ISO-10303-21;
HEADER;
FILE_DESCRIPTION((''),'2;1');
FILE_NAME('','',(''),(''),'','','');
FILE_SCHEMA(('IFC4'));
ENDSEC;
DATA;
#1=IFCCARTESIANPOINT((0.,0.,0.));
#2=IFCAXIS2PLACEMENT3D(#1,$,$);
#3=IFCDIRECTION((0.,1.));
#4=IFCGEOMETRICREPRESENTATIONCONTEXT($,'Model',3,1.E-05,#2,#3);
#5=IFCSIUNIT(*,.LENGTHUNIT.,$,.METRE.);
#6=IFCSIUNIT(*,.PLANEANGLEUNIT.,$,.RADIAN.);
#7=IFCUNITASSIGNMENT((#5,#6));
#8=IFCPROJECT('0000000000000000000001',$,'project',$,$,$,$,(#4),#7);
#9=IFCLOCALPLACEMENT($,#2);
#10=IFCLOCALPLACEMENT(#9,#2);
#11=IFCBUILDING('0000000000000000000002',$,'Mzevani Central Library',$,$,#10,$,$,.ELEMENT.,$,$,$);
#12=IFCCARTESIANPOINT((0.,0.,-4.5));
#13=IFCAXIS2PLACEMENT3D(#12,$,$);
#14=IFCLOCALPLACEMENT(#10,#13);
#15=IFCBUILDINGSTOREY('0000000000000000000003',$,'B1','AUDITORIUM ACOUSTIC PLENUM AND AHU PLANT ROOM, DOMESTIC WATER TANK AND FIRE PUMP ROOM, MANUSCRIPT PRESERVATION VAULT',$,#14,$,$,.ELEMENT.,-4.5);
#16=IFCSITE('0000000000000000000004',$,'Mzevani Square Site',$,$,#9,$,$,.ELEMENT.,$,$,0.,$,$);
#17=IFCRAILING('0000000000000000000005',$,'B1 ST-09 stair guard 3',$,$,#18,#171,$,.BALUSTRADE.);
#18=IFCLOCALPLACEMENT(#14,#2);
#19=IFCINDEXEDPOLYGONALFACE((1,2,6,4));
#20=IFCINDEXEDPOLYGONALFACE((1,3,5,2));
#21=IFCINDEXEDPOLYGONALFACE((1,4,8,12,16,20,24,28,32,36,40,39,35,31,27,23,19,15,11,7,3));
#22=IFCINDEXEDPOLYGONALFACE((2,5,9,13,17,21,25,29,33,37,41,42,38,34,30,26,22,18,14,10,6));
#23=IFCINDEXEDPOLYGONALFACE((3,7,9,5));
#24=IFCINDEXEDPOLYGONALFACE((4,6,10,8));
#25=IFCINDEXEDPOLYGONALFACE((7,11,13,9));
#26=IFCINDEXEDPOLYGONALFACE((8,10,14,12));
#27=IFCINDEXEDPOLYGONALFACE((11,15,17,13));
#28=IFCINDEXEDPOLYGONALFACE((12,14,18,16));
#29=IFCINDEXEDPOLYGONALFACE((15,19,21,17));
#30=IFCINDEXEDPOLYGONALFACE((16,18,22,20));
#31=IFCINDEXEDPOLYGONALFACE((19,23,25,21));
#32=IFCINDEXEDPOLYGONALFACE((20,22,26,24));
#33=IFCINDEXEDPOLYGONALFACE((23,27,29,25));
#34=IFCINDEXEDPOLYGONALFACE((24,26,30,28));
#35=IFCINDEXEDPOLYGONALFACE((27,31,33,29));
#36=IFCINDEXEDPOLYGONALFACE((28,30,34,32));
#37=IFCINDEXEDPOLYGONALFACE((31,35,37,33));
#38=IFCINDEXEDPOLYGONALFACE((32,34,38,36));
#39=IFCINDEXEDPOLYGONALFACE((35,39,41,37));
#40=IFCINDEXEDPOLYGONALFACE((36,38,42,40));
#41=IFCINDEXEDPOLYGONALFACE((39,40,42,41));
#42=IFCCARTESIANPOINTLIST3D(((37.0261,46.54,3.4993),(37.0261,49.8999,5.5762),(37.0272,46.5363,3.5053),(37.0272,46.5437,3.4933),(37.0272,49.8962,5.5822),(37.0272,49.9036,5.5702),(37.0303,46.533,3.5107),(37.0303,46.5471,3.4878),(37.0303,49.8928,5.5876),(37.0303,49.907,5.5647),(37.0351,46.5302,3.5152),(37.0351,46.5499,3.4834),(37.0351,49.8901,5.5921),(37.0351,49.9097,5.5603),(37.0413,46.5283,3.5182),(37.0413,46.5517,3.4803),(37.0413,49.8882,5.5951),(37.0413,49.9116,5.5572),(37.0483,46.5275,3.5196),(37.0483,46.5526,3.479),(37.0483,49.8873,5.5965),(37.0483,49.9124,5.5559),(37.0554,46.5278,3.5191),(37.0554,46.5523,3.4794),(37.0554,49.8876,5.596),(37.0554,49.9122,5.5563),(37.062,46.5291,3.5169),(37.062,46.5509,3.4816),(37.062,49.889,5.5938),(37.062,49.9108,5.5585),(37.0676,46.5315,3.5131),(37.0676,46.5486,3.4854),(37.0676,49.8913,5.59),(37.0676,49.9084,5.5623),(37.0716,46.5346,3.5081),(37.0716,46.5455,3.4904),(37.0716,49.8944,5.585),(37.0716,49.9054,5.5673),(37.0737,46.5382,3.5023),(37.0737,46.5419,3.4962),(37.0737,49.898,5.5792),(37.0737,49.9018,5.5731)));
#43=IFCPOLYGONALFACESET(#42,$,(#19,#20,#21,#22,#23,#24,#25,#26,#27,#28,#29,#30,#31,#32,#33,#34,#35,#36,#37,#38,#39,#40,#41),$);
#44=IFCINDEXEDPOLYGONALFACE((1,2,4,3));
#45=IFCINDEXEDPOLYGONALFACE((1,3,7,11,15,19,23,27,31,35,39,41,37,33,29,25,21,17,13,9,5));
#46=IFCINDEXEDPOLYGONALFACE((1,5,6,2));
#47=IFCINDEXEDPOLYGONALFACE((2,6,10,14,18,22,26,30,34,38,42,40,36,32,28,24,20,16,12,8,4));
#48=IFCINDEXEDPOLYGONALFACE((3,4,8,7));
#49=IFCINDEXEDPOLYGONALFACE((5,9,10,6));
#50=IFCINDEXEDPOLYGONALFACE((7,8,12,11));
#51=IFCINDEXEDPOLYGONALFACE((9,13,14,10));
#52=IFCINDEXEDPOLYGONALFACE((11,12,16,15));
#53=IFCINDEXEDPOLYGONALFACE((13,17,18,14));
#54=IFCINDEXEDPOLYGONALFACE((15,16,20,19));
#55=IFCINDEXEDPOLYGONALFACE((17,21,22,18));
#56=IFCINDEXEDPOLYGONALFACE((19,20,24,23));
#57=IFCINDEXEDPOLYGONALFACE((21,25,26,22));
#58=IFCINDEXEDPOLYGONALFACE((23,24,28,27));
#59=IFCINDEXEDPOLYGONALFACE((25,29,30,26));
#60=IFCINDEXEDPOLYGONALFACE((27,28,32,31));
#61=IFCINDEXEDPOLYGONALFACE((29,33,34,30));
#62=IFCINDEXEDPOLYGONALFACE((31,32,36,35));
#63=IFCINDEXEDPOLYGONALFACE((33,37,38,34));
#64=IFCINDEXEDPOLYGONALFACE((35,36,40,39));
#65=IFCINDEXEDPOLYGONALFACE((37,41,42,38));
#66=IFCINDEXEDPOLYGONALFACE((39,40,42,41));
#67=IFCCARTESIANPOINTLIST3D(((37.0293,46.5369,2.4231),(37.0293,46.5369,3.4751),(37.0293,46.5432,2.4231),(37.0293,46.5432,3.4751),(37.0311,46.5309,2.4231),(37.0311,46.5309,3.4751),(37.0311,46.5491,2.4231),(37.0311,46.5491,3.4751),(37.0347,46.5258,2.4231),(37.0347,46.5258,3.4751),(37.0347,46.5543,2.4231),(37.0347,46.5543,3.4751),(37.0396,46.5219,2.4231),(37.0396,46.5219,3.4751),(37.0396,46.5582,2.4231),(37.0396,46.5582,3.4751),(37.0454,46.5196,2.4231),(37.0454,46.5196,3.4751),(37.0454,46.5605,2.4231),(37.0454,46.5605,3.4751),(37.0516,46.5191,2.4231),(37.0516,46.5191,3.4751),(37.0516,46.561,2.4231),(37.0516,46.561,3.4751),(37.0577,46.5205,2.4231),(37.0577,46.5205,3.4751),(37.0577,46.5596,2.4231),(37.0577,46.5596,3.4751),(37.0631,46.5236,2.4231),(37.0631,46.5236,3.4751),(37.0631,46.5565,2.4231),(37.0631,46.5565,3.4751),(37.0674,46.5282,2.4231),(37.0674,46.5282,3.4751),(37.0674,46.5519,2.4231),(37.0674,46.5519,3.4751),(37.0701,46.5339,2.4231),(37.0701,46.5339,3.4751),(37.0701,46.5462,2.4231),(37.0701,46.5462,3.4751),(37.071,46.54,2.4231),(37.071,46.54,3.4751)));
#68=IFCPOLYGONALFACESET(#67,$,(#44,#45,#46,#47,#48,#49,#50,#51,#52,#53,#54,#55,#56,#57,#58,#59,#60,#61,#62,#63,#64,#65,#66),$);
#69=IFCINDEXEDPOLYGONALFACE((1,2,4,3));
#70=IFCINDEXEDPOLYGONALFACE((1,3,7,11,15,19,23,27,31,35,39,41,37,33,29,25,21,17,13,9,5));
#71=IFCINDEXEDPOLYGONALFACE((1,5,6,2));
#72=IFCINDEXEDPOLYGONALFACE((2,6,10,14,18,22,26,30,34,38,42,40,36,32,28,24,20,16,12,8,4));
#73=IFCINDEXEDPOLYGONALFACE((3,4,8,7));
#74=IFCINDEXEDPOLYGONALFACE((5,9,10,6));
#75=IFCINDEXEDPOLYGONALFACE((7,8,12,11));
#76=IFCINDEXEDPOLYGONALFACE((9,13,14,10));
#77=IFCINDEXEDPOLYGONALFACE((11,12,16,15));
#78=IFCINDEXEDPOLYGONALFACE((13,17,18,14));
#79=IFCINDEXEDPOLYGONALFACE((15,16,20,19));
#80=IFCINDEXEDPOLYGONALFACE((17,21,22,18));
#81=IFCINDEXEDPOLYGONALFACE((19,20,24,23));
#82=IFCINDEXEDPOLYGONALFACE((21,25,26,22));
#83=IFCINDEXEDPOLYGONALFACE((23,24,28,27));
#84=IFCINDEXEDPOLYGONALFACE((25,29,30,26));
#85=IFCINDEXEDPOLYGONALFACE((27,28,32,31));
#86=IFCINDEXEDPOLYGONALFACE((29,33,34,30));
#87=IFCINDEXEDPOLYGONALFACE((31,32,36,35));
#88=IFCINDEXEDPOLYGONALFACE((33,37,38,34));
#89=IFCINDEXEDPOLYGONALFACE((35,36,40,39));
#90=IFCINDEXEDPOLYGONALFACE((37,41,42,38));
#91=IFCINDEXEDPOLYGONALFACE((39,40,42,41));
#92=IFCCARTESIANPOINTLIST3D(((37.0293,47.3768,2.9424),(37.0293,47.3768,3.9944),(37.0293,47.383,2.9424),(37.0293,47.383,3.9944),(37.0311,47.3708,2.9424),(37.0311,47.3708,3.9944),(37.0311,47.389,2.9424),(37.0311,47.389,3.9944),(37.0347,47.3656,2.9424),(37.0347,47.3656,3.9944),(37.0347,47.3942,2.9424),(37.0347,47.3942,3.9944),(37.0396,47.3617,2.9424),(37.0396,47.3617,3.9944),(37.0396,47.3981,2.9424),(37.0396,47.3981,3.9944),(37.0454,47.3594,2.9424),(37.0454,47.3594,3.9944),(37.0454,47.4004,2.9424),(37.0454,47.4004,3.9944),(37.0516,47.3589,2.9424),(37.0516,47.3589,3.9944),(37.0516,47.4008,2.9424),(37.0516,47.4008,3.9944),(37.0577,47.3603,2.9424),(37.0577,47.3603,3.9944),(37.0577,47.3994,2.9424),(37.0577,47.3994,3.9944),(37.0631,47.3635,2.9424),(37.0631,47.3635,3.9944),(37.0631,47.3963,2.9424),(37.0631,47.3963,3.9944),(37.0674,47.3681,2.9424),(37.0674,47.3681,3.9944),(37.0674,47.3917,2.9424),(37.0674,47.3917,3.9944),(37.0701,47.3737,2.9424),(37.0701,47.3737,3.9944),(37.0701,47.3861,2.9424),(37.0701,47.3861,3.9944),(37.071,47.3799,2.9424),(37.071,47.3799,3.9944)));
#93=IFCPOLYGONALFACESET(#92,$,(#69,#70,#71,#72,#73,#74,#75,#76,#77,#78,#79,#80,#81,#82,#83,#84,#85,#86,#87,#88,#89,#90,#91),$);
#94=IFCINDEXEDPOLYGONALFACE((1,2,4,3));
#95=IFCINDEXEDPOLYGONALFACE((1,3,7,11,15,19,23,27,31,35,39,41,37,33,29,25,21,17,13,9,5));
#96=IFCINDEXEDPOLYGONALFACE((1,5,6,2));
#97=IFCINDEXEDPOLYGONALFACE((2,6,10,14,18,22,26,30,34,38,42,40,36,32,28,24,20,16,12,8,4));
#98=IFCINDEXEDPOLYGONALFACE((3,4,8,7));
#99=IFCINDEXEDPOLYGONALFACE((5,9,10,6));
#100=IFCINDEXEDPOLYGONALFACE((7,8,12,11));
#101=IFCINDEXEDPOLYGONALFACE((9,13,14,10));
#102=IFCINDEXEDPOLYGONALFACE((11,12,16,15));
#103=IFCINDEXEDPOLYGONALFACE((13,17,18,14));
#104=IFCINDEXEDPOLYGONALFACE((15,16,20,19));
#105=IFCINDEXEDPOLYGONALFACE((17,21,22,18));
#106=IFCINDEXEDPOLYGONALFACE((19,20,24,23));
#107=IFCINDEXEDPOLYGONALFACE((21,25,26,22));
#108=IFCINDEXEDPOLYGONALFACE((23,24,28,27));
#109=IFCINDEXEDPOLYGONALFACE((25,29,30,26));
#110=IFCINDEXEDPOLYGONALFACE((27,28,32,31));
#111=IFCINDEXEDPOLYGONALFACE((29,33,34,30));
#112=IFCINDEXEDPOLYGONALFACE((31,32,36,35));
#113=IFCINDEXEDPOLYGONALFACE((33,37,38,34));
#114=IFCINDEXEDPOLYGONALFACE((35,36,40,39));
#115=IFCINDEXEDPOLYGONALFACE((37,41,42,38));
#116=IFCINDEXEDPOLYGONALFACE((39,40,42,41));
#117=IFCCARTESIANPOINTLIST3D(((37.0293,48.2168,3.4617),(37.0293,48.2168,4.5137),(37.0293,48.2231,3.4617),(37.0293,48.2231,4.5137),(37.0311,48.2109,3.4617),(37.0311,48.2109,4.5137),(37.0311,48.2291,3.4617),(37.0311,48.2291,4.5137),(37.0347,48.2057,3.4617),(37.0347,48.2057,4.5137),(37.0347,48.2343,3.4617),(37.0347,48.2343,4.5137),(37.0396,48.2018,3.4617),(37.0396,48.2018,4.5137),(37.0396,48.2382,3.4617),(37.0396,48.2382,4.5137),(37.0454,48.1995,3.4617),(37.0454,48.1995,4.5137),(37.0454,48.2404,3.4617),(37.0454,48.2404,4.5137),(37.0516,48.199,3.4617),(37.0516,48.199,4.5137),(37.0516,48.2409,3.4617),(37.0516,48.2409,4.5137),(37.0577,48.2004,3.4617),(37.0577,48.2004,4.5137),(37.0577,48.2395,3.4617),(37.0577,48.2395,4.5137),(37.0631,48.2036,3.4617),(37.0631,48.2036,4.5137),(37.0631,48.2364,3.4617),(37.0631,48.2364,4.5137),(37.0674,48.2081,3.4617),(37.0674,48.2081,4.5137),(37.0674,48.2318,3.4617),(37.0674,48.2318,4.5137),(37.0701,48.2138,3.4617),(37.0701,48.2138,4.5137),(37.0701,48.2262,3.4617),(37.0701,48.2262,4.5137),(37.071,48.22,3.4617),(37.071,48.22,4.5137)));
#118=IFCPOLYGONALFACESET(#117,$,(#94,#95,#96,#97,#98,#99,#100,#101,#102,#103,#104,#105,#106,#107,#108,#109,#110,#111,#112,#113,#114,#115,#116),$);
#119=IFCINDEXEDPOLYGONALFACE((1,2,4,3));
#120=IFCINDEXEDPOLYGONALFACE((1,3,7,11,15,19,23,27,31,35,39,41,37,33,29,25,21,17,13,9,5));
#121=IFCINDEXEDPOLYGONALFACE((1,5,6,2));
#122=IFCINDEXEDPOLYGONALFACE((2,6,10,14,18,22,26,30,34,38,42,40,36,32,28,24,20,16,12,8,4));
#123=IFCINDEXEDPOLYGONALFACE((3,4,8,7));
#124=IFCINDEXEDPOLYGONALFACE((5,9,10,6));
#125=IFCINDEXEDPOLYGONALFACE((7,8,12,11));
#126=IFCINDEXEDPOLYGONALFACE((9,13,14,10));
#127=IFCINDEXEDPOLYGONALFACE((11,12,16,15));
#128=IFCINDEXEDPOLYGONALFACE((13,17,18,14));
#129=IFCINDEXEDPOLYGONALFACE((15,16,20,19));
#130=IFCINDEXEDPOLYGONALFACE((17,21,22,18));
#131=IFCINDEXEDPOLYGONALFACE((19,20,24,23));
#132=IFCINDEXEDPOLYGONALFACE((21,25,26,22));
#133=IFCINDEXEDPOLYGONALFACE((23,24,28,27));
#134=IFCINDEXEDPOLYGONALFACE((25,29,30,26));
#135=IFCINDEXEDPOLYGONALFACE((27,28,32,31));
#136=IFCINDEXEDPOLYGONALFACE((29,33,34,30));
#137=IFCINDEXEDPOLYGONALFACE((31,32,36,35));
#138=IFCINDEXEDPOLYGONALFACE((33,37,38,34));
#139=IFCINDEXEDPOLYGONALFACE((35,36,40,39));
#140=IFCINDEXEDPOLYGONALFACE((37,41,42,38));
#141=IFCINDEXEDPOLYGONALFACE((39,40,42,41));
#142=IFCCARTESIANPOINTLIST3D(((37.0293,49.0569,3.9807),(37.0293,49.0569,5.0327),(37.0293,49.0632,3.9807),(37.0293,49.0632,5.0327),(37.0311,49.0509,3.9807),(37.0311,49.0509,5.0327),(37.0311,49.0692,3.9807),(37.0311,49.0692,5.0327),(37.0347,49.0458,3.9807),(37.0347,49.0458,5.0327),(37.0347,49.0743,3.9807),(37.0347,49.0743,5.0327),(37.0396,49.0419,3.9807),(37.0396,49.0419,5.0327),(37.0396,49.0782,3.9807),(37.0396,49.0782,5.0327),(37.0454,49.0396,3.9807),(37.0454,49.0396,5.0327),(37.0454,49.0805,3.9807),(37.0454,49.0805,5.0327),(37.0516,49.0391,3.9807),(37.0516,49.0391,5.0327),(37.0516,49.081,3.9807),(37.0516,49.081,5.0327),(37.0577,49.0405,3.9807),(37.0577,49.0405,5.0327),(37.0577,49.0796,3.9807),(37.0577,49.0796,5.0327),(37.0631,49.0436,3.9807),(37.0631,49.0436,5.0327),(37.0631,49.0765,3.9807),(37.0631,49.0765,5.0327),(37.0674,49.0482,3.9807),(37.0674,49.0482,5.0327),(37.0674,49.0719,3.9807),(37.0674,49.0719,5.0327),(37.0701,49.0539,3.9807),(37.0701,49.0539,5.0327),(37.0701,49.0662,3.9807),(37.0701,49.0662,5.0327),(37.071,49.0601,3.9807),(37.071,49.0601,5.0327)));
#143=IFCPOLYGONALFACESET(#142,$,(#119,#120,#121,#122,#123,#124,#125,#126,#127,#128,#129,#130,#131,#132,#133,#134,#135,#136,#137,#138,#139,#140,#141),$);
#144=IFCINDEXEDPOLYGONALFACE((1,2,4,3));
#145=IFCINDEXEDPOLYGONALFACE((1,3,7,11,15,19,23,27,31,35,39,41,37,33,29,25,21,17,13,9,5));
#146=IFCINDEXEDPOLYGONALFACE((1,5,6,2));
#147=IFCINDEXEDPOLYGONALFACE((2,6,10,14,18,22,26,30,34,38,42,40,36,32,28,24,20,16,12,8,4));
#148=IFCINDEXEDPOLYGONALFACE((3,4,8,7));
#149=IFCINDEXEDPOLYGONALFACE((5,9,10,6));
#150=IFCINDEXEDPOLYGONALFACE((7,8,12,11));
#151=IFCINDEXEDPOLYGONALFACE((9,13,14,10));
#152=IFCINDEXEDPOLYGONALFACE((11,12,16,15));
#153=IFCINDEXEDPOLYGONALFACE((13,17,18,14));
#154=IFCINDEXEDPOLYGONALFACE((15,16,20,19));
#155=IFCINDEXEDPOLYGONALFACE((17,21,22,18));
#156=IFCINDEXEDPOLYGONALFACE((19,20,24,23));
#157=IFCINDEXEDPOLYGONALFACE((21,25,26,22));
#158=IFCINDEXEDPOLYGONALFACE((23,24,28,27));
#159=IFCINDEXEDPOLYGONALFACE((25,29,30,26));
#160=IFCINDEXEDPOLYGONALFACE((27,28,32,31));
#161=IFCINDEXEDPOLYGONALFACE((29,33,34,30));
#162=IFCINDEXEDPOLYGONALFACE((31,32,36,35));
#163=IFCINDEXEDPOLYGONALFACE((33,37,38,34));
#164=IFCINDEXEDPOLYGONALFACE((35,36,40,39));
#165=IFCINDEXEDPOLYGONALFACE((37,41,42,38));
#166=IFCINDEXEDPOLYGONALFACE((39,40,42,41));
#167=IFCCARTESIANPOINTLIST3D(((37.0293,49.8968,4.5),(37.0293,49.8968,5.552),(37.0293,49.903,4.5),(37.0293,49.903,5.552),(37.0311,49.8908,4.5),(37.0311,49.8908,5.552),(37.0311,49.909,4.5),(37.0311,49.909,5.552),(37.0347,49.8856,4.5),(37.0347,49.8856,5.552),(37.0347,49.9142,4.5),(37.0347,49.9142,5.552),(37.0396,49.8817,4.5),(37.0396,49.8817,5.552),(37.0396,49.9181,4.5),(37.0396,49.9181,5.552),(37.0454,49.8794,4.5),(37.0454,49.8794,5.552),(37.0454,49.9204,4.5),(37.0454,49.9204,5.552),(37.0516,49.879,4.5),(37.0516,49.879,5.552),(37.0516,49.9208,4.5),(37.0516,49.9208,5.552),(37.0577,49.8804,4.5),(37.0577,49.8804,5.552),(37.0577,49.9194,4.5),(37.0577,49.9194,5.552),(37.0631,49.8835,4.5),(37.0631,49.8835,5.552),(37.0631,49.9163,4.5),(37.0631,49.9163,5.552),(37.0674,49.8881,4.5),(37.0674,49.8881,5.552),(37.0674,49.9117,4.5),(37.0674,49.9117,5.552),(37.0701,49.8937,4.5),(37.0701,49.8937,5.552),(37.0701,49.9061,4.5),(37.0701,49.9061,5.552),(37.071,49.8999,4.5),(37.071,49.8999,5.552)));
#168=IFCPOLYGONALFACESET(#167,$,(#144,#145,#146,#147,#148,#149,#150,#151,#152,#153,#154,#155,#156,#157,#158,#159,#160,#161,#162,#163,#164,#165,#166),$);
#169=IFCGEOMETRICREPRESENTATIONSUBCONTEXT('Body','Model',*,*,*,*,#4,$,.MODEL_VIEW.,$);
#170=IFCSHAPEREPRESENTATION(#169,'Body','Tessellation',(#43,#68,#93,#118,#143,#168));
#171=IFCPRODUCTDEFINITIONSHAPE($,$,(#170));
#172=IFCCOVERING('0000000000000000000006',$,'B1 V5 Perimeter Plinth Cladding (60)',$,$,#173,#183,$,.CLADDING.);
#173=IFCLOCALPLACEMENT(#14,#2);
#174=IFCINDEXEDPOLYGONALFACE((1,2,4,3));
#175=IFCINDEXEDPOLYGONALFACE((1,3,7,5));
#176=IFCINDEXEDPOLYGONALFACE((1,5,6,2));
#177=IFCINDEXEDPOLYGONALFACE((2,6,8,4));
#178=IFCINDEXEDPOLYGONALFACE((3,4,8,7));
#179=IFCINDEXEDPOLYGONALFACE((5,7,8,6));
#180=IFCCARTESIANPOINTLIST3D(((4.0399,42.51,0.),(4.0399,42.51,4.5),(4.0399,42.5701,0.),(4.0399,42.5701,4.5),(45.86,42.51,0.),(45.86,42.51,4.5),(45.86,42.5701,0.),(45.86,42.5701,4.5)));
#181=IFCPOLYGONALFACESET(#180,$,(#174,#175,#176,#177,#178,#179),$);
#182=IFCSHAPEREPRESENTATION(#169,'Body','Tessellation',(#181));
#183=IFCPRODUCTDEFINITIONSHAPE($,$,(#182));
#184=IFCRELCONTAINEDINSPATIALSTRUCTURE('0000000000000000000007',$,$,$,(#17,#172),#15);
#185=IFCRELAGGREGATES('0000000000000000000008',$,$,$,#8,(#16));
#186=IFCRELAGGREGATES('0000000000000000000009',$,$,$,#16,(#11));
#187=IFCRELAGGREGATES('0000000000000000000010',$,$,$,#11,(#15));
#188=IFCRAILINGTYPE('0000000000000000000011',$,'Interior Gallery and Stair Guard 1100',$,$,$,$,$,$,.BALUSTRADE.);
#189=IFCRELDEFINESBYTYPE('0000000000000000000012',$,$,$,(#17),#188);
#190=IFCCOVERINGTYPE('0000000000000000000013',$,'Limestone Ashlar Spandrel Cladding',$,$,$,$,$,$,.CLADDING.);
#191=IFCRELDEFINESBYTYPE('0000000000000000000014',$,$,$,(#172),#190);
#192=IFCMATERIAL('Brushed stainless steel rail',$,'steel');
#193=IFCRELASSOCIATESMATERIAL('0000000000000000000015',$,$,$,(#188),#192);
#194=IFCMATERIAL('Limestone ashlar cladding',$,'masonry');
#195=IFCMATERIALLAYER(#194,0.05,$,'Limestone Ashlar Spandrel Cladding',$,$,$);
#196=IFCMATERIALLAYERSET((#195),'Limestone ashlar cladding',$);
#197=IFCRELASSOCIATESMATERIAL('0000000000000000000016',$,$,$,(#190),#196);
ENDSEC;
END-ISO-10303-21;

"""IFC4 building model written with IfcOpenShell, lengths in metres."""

from ifc_helpers import new_model, si_unit, direction, frame, origin, origin_2d, place, context, subcontext, project, spatial, rectangle, circle, extrude, material, layer, layer_set, type_object, element, save


model = new_model("IFC4")

# Units and contexts
model_context = context("Model", 3, precision=1e-05, world=origin(), true_north=direction((0.0, 1.0)))
body_context = subcontext(model_context, "Body", "Model", "MODEL_VIEW")
ifc_project = project(units=[si_unit("LENGTHUNIT", "METRE"), si_unit("PLANEANGLEUNIT", "RADIAN")], contexts=[model_context])

# Site, building, storey
site_placement = place(None, origin())
site = spatial("IfcSite", under=ifc_project, at=site_placement, Name="Mzevani Square Site", CompositionType="ELEMENT", RefElevation=0.0)
building_placement = place(site_placement, origin())
building = spatial("IfcBuilding", under=site, at=building_placement, Name="Mzevani Central Library", CompositionType="ELEMENT")
storey_placement = place(building_placement, frame((0.0, 0.0, -4.5)))
storey = spatial("IfcBuildingStorey", under=building, at=storey_placement, Name="B1", Description="AUDITORIUM ACOUSTIC PLENUM AND AHU PLANT ROOM, DOMESTIC WATER TANK AND FIRE PUMP ROOM, MANUSCRIPT PRESERVATION VAULT", CompositionType="ELEMENT", Elevation=-4.5)

# Railing
ifc_material_1 = material(Name="Brushed stainless steel rail", Category="steel")
railing_type_1 = type_object("IfcRailingType", Name="Interior Gallery and Stair Guard 1100", PredefinedType="BALUSTRADE", material=ifc_material_1)
railing_1_placement = place(storey_placement, frame((37.05, 46.54, 2.4231)))
element("IfcRailing", 1, at=railing_1_placement, inside=storey, type_object=railing_type_1, Name="B1 ST-09 stair guard 3", PredefinedType="BALUSTRADE", context=body_context, shape_type="SweptSolid", body=[
    extrude(circle(Radius=0.0239, at=origin_2d()), frame((0.0, 0.0, 1.0762), z_axis=(0.0, 0.850606, 0.525803), x_axis=(-1.0, 0.0, 0.0)), (0.0, 0.0, 1.0), 3.95),
    extrude(circle(Radius=0.021, at=origin_2d()), origin(), (0.0, 0.0, 1.0), 1.052),
    extrude(circle(Radius=0.021, at=origin_2d()), frame((0.0, 0.8398, 0.5193)), (0.0, 0.0, 1.0), 1.052),
    extrude(circle(Radius=0.021, at=origin_2d()), frame((0.0, 1.6799, 1.0386)), (0.0, 0.0, 1.0), 1.052),
    extrude(circle(Radius=0.021, at=origin_2d()), frame((0.0, 2.52, 1.5576)), (0.0, 0.0, 1.0), 1.052),
    extrude(circle(Radius=0.021, at=origin_2d()), frame((0.0, 3.3599, 2.0769)), (0.0, 0.0, 1.0), 1.052),
])

# Covering
ifc_material_2 = material(Name="Limestone ashlar cladding", Category="masonry")
ifc_layer_1 = layer(ifc_material_2, 0.05, Name="Limestone Ashlar Spandrel Cladding")
ifc_layer_set_1 = layer_set([ifc_layer_1], Name="Limestone ashlar cladding")
covering_type = type_object("IfcCoveringType", Name="Limestone Ashlar Spandrel Cladding", PredefinedType="CLADDING", material=ifc_layer_set_1)
covering_placement = place(storey_placement, frame((24.95, 42.54, 0.0), z_axis=(0.0, 0.0, 1.0), x_axis=(-1.0, 0.0, 0.0)))
element("IfcCovering", 2, at=covering_placement, inside=storey, type_object=covering_type, Name="B1 V5 Perimeter Plinth Cladding (60)", PredefinedType="CLADDING", context=body_context, shape_type="SweptSolid", body=[
    extrude(rectangle(XDim=41.8201, YDim=0.0601, at=origin_2d()), origin(), (0.0, 0.0, 1.0), 4.5),
])

save(model, "model.ifc")
